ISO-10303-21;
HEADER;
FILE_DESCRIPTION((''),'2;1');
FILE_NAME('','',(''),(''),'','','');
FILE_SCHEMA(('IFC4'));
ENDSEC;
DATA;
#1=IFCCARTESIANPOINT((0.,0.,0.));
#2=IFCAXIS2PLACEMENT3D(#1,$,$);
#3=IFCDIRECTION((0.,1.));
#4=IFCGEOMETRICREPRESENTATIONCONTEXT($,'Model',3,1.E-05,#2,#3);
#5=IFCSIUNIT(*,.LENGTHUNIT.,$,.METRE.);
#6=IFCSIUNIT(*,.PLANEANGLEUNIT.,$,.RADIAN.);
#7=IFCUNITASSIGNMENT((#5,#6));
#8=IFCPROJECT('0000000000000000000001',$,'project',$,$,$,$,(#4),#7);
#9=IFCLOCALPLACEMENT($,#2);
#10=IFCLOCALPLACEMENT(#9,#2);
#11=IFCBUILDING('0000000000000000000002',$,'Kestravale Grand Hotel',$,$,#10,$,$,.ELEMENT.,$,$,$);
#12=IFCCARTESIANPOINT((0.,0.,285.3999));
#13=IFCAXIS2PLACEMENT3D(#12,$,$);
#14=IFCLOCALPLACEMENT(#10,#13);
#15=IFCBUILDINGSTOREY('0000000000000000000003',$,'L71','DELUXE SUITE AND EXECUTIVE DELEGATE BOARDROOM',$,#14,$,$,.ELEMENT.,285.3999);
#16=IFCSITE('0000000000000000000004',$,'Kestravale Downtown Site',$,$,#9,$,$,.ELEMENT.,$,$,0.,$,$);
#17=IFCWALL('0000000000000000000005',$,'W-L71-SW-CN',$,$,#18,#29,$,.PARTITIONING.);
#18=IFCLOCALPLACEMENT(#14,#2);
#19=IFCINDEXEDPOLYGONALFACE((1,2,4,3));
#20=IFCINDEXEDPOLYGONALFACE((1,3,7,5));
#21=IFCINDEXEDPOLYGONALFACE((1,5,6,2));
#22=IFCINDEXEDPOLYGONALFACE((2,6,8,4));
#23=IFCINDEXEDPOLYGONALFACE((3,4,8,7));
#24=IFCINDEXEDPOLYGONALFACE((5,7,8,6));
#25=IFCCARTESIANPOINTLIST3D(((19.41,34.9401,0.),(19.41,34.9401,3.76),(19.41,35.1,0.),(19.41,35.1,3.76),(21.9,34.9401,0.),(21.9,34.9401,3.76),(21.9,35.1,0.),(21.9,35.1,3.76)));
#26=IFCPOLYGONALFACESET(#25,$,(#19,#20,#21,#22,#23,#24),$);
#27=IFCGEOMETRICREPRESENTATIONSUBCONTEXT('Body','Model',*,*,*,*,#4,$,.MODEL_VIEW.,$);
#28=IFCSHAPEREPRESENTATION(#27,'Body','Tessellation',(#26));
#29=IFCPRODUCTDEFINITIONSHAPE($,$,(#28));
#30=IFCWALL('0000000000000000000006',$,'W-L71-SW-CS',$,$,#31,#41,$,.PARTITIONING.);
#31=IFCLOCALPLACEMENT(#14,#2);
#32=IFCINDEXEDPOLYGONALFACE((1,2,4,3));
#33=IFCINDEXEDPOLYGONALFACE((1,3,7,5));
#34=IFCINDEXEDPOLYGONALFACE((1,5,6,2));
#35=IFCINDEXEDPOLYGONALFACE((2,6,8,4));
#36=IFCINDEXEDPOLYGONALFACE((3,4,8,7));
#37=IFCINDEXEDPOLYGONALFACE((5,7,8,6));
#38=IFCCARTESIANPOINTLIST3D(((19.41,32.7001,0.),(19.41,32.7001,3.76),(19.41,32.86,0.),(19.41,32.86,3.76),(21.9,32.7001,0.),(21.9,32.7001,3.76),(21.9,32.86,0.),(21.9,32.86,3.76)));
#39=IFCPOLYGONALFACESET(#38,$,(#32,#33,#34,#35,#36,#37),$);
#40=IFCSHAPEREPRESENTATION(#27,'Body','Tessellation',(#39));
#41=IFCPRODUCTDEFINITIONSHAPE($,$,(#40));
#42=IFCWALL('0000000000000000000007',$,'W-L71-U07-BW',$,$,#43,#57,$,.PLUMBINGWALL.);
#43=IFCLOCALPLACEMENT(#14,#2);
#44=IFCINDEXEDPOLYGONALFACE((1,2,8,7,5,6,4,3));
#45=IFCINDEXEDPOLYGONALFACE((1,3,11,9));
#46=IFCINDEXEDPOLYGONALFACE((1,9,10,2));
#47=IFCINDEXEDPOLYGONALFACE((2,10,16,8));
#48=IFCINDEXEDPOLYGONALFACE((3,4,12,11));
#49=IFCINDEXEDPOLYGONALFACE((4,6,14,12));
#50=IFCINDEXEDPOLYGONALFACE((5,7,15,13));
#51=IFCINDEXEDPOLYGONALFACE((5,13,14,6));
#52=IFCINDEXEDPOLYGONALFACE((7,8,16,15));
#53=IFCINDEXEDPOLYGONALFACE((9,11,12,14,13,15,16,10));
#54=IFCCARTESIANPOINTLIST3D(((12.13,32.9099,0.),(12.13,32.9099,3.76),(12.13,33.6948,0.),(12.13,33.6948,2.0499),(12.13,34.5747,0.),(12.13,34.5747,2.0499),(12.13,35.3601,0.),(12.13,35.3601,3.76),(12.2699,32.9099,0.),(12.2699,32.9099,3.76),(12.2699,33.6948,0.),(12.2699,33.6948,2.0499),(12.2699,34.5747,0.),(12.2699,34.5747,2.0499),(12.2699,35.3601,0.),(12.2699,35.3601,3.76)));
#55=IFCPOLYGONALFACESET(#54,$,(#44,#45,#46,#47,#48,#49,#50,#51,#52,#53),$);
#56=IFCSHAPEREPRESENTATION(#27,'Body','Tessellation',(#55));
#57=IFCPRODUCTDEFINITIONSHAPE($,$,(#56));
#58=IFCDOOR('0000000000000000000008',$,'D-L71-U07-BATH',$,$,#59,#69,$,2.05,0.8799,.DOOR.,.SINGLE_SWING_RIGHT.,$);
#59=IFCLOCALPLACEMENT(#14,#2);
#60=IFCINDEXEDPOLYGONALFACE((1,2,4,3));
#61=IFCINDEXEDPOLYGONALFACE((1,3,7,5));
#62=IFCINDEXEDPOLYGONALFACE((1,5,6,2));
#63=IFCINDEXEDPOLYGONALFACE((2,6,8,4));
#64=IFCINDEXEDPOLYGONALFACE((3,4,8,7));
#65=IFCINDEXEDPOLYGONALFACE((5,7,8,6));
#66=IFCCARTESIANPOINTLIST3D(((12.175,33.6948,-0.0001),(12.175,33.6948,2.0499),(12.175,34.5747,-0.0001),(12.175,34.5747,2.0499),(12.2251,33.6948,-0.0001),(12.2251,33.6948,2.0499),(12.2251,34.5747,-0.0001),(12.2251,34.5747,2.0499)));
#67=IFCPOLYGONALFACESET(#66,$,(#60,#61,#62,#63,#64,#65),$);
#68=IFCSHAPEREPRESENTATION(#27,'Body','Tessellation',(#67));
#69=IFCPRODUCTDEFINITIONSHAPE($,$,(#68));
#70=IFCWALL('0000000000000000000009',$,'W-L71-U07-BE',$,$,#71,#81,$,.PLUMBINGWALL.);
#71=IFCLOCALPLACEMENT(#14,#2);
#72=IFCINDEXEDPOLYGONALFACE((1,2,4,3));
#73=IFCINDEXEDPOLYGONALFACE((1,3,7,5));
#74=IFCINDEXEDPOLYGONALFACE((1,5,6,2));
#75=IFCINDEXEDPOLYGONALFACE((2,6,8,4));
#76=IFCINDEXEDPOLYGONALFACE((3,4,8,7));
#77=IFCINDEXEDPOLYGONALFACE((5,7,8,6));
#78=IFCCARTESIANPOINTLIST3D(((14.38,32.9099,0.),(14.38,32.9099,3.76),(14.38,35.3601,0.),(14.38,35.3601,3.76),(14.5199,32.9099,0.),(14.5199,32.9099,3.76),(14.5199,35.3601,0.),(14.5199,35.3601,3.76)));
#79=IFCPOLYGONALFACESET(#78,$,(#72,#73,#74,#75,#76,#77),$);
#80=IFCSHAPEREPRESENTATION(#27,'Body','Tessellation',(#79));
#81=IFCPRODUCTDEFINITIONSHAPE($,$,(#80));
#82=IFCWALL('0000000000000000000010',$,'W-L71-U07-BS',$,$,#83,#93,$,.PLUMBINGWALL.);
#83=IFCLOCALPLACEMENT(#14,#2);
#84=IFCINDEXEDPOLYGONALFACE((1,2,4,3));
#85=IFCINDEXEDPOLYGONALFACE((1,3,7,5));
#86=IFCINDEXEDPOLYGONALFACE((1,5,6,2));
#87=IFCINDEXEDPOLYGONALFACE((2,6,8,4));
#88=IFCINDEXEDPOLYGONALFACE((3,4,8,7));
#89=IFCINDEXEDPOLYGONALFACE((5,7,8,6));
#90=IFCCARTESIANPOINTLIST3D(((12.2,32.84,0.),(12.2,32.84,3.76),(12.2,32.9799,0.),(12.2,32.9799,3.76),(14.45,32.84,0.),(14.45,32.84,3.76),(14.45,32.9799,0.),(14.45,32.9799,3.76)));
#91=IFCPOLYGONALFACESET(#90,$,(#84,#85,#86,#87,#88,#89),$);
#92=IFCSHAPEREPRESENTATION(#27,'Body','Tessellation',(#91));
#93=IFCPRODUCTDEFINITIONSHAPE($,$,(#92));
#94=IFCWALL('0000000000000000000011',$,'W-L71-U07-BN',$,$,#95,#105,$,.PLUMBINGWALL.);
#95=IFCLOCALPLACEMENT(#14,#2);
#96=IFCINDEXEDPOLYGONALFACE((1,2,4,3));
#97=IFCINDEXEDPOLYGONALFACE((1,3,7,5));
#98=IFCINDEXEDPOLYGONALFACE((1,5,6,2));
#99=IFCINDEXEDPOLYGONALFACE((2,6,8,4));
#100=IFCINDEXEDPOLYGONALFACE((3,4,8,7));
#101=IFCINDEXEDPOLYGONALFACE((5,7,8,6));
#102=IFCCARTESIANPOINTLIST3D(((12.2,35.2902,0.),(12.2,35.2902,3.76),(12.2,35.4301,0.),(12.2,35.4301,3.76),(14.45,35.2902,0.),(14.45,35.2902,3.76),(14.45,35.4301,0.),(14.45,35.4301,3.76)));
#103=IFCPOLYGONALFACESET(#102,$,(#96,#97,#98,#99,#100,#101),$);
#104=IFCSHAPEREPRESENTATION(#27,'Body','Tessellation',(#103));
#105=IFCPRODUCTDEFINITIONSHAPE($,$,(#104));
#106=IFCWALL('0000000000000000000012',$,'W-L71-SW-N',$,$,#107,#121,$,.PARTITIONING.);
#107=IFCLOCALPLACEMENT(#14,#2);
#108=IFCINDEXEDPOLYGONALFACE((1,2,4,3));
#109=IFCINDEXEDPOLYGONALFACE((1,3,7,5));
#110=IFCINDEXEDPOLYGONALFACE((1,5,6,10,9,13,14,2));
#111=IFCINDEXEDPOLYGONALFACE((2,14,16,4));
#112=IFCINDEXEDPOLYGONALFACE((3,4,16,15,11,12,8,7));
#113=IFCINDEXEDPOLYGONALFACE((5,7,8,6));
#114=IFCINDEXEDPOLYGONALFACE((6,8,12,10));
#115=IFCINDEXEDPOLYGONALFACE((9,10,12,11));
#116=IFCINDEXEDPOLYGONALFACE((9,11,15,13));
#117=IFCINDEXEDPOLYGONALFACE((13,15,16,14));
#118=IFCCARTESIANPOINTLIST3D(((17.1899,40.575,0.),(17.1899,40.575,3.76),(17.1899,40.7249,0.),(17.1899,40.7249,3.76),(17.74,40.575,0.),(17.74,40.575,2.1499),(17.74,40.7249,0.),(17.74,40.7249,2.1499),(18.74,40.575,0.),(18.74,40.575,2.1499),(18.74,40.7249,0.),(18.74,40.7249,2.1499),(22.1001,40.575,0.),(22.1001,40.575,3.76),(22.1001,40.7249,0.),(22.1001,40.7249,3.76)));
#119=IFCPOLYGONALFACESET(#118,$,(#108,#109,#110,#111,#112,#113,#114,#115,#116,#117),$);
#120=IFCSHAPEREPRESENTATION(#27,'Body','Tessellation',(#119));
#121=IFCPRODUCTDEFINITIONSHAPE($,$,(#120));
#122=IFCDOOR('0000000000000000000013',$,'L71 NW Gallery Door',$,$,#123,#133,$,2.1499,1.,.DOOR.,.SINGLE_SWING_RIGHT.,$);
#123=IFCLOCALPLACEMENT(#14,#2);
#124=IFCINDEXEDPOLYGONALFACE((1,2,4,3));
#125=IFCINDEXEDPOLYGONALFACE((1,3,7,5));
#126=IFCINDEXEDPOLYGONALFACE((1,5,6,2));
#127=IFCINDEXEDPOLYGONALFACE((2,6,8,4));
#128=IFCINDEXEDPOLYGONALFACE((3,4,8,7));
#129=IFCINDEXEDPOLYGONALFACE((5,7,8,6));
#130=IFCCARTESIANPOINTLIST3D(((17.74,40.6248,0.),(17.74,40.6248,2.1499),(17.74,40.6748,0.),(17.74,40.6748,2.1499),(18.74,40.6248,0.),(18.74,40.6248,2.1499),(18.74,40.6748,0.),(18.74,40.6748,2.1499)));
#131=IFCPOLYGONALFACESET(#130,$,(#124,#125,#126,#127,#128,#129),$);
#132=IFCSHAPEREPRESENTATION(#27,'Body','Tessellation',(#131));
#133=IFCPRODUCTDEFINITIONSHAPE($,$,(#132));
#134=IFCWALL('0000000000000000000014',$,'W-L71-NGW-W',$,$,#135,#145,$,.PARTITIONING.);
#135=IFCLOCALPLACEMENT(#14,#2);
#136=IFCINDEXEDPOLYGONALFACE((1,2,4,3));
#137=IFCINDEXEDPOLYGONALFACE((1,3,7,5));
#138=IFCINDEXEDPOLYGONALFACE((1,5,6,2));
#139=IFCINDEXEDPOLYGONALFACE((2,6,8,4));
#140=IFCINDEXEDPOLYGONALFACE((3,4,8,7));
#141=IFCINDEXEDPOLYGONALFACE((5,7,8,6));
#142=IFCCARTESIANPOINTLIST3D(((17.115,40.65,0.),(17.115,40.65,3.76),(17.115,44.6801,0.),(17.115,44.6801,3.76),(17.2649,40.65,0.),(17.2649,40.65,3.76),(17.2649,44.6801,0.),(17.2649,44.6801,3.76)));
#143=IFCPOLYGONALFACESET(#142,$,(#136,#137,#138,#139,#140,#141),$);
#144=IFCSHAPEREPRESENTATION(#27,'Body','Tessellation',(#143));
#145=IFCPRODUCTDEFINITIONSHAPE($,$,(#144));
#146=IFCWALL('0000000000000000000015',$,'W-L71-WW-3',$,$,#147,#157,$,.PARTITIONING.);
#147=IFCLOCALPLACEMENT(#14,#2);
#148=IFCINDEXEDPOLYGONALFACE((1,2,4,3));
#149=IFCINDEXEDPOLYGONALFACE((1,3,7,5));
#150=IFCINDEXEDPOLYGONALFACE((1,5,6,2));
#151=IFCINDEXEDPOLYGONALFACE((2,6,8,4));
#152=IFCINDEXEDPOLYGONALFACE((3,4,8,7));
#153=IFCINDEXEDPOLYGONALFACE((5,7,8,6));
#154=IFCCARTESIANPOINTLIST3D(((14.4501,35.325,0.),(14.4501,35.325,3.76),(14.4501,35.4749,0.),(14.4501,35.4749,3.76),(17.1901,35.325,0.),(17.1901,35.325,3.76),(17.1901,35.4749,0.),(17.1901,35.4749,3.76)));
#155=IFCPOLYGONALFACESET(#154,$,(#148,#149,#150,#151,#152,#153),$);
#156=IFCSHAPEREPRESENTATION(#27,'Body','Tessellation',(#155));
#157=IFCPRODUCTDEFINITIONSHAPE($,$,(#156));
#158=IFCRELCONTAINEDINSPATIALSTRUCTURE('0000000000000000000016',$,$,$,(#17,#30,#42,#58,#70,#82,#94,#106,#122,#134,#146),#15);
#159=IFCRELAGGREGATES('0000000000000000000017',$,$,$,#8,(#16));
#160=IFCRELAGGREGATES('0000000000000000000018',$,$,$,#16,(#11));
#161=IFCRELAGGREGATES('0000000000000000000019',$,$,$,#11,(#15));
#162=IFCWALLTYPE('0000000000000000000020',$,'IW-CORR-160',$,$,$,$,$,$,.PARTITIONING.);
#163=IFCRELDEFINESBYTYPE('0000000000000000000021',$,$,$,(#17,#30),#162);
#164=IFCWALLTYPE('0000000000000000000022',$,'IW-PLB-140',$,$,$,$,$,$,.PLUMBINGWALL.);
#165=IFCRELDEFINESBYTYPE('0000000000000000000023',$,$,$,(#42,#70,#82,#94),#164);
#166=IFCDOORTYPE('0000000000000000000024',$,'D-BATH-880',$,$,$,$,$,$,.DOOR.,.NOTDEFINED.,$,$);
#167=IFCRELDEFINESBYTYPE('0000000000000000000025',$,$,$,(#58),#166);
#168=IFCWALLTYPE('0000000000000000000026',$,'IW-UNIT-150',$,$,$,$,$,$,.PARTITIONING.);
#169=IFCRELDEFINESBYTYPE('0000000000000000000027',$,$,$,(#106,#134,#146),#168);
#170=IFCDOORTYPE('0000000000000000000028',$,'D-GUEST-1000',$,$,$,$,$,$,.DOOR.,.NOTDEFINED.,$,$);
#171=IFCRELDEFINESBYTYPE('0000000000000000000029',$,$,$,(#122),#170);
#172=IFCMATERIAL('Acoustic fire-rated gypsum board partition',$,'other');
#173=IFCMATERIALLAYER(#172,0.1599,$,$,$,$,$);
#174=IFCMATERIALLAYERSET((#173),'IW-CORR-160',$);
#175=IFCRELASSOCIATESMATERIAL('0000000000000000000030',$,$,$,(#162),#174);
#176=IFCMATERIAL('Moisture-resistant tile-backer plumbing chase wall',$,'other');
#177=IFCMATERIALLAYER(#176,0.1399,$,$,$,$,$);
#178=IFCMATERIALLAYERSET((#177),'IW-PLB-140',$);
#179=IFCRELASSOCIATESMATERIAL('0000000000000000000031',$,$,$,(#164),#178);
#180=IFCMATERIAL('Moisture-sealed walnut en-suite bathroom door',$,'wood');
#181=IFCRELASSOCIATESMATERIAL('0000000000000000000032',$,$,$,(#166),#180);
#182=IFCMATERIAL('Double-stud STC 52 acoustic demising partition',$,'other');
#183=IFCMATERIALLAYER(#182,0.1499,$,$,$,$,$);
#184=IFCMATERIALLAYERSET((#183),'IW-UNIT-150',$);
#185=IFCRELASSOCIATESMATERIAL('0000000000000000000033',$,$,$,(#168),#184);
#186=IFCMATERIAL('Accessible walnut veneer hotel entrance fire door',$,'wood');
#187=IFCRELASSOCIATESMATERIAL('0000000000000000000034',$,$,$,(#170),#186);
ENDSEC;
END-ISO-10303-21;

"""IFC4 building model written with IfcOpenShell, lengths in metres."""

from ifc_helpers import new_model, si_unit, direction, frame, frame_2d, origin, place, context, subcontext, project, spatial, rectangle, extrude, material, layer, layer_set, type_object, element, fill, save


model = new_model("IFC4")

# Units and contexts
model_context = context("Model", 3, precision=1e-05, world=origin(), true_north=direction((0.0, 1.0)))
body_context = subcontext(model_context, "Body", "Model", "MODEL_VIEW")
ifc_project = project(units=[si_unit("LENGTHUNIT", "METRE"), si_unit("PLANEANGLEUNIT", "RADIAN")], contexts=[model_context])

# Site, building, storey
site_placement = place(None, origin())
site = spatial("IfcSite", under=ifc_project, at=site_placement, Name="Kestravale Downtown Site", CompositionType="ELEMENT", RefElevation=0.0)
building_placement = place(site_placement, origin())
building = spatial("IfcBuilding", under=site, at=building_placement, Name="Kestravale Grand Hotel", CompositionType="ELEMENT")
storey_placement = place(building_placement, frame((0.0, 0.0, 285.3999)))
storey = spatial("IfcBuildingStorey", under=building, at=storey_placement, Name="L71", Description="DELUXE SUITE AND EXECUTIVE DELEGATE BOARDROOM", CompositionType="ELEMENT", Elevation=285.3999)

# Walls
ifc_material_1 = material(Name="Acoustic fire-rated gypsum board partition", Category="other")
ifc_layer_1 = layer(ifc_material_1, 0.1599)
ifc_layer_set_1 = layer_set([ifc_layer_1], Name="IW-CORR-160")
wall_type_1 = type_object("IfcWallType", Name="IW-CORR-160", PredefinedType="PARTITIONING", material=ifc_layer_set_1)
for number, where, z_axis, x_axis, name in (
    (1, (19.4099, 35.02, 0.0), (0.0, 0.0, 1.0), (1.0, 0.0, 0.0), "W-L71-SW-CN"),
    (2, (19.4099, 32.78, 0.0), (0.0, 0.0, 1.0), (1.0, 0.0, 0.0), "W-L71-SW-CS"),
):
    element("IfcWall", number, at=place(storey_placement, frame(where, z_axis=z_axis, x_axis=x_axis)), inside=storey, type_object=wall_type_1, Name=name, PredefinedType="PARTITIONING", context=body_context, shape_type="SweptSolid", body=[
        extrude(rectangle(XDim=2.49, YDim=0.1599, at=frame_2d((1.2451, 0.0))), origin(), (0.0, 0.0, 1.0), 3.76),
    ])

# Wall, opening, door
ifc_material_2 = material(Name="Moisture-resistant tile-backer plumbing chase wall", Category="other")
ifc_layer_2 = layer(ifc_material_2, 0.1399)
ifc_layer_set_2 = layer_set([ifc_layer_2], Name="IW-PLB-140")
wall_type_2 = type_object("IfcWallType", Name="IW-PLB-140", PredefinedType="PLUMBINGWALL", material=ifc_layer_set_2)
wall_1_placement = place(storey_placement, frame((12.2, 32.9099, 0.0), z_axis=(0.0, 0.0, 1.0), x_axis=(0.0, 1.0, 0.0)))
wall_1 = element("IfcWall", 3, at=wall_1_placement, inside=storey, type_object=wall_type_2, Name="W-L71-U07-BW", PredefinedType="PLUMBINGWALL", context=body_context, shape_type="SweptSolid", body=[
    extrude(rectangle(XDim=2.4502, YDim=0.1399, at=frame_2d((1.2251, 0.0))), origin(), (0.0, 0.0, 1.0), 3.76),
])
opening_1_placement = place(wall_1_placement, frame((0.7849, 0.0, 0.0)))
opening_1 = element("IfcOpeningElement", 4, at=opening_1_placement, cuts=wall_1, PredefinedType="OPENING", context=body_context, shape_type="SweptSolid", body=[
    extrude(rectangle(XDim=0.8799, YDim=2.05, at=frame_2d((0.4399, 1.0249))), frame((0.0, 0.0798, 0.0), z_axis=(0.0, -1.0, 0.0), x_axis=(1.0, 0.0, 0.0)), (0.0, 0.0, 1.0), 0.1599),
])
ifc_material_3 = material(Name="Moisture-sealed walnut en-suite bathroom door", Category="wood")
door_type_1 = type_object("IfcDoorType", Name="D-BATH-880", OperationType="NOTDEFINED", PredefinedType="DOOR", material=ifc_material_3)
door_1_placement = place(opening_1_placement, origin())
door_1 = element("IfcDoor", 5, at=door_1_placement, inside=storey, type_object=door_type_1, Name="D-L71-U07-BATH", OperationType="SINGLE_SWING_RIGHT", OverallHeight=2.05, OverallWidth=0.8799, PredefinedType="DOOR", context=body_context, shape_type="SweptSolid", body=[
    extrude(rectangle(XDim=0.8799, YDim=2.05, at=frame_2d((0.4399, 1.0249))), frame((0.0, 0.0249, 0.0), z_axis=(0.0, -1.0, 0.0), x_axis=(1.0, 0.0, 0.0)), (0.0, 0.0, 1.0), 0.05),
])
fill(opening_1, door_1)

# Walls
wall_2_placement = place(storey_placement, frame((14.45, 32.9099, 0.0), z_axis=(0.0, 0.0, 1.0), x_axis=(0.0, 1.0, 0.0)))
element("IfcWall", 6, at=wall_2_placement, inside=storey, type_object=wall_type_2, Name="W-L71-U07-BE", PredefinedType="PLUMBINGWALL", context=body_context, shape_type="SweptSolid", body=[
    extrude(rectangle(XDim=2.4502, YDim=0.1399, at=frame_2d((1.2251, 0.0))), origin(), (0.0, 0.0, 1.0), 3.76),
])
for number, where, z_axis, x_axis, name in (
    (7, (12.2, 32.9099, 0.0), (0.0, 0.0, 1.0), (1.0, 0.0, 0.0), "W-L71-U07-BS"),
    (8, (12.2, 35.3601, 0.0), (0.0, 0.0, 1.0), (1.0, 0.0, 0.0), "W-L71-U07-BN"),
):
    element("IfcWall", number, at=place(storey_placement, frame(where, z_axis=z_axis, x_axis=x_axis)), inside=storey, type_object=wall_type_2, Name=name, PredefinedType="PLUMBINGWALL", context=body_context, shape_type="SweptSolid", body=[
        extrude(rectangle(XDim=2.25, YDim=0.1399, at=frame_2d((1.125, 0.0))), origin(), (0.0, 0.0, 1.0), 3.76),
    ])

# Wall, opening, door
ifc_material_4 = material(Name="Double-stud STC 52 acoustic demising partition", Category="other")
ifc_layer_3 = layer(ifc_material_4, 0.1499)
ifc_layer_set_3 = layer_set([ifc_layer_3], Name="IW-UNIT-150")
wall_type_3 = type_object("IfcWallType", Name="IW-UNIT-150", PredefinedType="PARTITIONING", material=ifc_layer_set_3)
wall_3_placement = place(storey_placement, frame((17.1899, 40.6499, 0.0), z_axis=(0.0, 0.0, 1.0), x_axis=(1.0, 0.0, 0.0)))
wall_3 = element("IfcWall", 9, at=wall_3_placement, inside=storey, type_object=wall_type_3, Name="W-L71-SW-N", PredefinedType="PARTITIONING", context=body_context, shape_type="SweptSolid", body=[
    extrude(rectangle(XDim=4.9102, YDim=0.1499, at=frame_2d((2.4551, 0.0))), origin(), (0.0, 0.0, 1.0), 3.76),
])
opening_2_placement = place(wall_3_placement, frame((0.55, 0.0, 0.0)))
opening_2 = element("IfcOpeningElement", 10, at=opening_2_placement, cuts=wall_3, PredefinedType="OPENING", context=body_context, shape_type="SweptSolid", body=[
    extrude(rectangle(XDim=1.0, YDim=2.1499, at=frame_2d((0.5, 1.075))), frame((0.0, 0.085, 0.0), z_axis=(0.0, -1.0, 0.0), x_axis=(1.0, 0.0, 0.0)), (0.0, 0.0, 1.0), 0.1699),
])
ifc_material_5 = material(Name="Accessible walnut veneer hotel entrance fire door", Category="wood")
door_type_2 = type_object("IfcDoorType", Name="D-GUEST-1000", OperationType="NOTDEFINED", PredefinedType="DOOR", material=ifc_material_5)
door_2_placement = place(opening_2_placement, origin())
door_2 = element("IfcDoor", 11, at=door_2_placement, inside=storey, type_object=door_type_2, Name="L71 NW Gallery Door", OperationType="SINGLE_SWING_RIGHT", OverallHeight=2.1499, OverallWidth=1.0, PredefinedType="DOOR", context=body_context, shape_type="SweptSolid", body=[
    extrude(rectangle(XDim=1.0, YDim=2.1499, at=frame_2d((0.5, 1.075))), frame((0.0, 0.0249, 0.0), z_axis=(0.0, -1.0, 0.0), x_axis=(1.0, 0.0, 0.0)), (0.0, 0.0, 1.0), 0.05),
])
fill(opening_2, door_2)

# Walls
wall_4_placement = place(storey_placement, frame((17.1899, 40.6499, 0.0), z_axis=(0.0, 0.0, 1.0), x_axis=(0.0, 1.0, 0.0)))
element("IfcWall", 12, at=wall_4_placement, inside=storey, type_object=wall_type_3, Name="W-L71-NGW-W", PredefinedType="PARTITIONING", context=body_context, shape_type="SweptSolid", body=[
    extrude(rectangle(XDim=4.03, YDim=0.1499, at=frame_2d((2.0151, 0.0))), origin(), (0.0, 0.0, 1.0), 3.76),
])
wall_5_placement = place(storey_placement, frame((14.45, 35.3999, 0.0), z_axis=(0.0, 0.0, 1.0), x_axis=(1.0, 0.0, 0.0)))
element("IfcWall", 13, at=wall_5_placement, inside=storey, type_object=wall_type_3, Name="W-L71-WW-3", PredefinedType="PARTITIONING", context=body_context, shape_type="SweptSolid", body=[
    extrude(rectangle(XDim=2.74, YDim=0.1499, at=frame_2d((1.3701, 0.0))), origin(), (0.0, 0.0, 1.0), 3.76),
])

save(model, "model.ifc")
